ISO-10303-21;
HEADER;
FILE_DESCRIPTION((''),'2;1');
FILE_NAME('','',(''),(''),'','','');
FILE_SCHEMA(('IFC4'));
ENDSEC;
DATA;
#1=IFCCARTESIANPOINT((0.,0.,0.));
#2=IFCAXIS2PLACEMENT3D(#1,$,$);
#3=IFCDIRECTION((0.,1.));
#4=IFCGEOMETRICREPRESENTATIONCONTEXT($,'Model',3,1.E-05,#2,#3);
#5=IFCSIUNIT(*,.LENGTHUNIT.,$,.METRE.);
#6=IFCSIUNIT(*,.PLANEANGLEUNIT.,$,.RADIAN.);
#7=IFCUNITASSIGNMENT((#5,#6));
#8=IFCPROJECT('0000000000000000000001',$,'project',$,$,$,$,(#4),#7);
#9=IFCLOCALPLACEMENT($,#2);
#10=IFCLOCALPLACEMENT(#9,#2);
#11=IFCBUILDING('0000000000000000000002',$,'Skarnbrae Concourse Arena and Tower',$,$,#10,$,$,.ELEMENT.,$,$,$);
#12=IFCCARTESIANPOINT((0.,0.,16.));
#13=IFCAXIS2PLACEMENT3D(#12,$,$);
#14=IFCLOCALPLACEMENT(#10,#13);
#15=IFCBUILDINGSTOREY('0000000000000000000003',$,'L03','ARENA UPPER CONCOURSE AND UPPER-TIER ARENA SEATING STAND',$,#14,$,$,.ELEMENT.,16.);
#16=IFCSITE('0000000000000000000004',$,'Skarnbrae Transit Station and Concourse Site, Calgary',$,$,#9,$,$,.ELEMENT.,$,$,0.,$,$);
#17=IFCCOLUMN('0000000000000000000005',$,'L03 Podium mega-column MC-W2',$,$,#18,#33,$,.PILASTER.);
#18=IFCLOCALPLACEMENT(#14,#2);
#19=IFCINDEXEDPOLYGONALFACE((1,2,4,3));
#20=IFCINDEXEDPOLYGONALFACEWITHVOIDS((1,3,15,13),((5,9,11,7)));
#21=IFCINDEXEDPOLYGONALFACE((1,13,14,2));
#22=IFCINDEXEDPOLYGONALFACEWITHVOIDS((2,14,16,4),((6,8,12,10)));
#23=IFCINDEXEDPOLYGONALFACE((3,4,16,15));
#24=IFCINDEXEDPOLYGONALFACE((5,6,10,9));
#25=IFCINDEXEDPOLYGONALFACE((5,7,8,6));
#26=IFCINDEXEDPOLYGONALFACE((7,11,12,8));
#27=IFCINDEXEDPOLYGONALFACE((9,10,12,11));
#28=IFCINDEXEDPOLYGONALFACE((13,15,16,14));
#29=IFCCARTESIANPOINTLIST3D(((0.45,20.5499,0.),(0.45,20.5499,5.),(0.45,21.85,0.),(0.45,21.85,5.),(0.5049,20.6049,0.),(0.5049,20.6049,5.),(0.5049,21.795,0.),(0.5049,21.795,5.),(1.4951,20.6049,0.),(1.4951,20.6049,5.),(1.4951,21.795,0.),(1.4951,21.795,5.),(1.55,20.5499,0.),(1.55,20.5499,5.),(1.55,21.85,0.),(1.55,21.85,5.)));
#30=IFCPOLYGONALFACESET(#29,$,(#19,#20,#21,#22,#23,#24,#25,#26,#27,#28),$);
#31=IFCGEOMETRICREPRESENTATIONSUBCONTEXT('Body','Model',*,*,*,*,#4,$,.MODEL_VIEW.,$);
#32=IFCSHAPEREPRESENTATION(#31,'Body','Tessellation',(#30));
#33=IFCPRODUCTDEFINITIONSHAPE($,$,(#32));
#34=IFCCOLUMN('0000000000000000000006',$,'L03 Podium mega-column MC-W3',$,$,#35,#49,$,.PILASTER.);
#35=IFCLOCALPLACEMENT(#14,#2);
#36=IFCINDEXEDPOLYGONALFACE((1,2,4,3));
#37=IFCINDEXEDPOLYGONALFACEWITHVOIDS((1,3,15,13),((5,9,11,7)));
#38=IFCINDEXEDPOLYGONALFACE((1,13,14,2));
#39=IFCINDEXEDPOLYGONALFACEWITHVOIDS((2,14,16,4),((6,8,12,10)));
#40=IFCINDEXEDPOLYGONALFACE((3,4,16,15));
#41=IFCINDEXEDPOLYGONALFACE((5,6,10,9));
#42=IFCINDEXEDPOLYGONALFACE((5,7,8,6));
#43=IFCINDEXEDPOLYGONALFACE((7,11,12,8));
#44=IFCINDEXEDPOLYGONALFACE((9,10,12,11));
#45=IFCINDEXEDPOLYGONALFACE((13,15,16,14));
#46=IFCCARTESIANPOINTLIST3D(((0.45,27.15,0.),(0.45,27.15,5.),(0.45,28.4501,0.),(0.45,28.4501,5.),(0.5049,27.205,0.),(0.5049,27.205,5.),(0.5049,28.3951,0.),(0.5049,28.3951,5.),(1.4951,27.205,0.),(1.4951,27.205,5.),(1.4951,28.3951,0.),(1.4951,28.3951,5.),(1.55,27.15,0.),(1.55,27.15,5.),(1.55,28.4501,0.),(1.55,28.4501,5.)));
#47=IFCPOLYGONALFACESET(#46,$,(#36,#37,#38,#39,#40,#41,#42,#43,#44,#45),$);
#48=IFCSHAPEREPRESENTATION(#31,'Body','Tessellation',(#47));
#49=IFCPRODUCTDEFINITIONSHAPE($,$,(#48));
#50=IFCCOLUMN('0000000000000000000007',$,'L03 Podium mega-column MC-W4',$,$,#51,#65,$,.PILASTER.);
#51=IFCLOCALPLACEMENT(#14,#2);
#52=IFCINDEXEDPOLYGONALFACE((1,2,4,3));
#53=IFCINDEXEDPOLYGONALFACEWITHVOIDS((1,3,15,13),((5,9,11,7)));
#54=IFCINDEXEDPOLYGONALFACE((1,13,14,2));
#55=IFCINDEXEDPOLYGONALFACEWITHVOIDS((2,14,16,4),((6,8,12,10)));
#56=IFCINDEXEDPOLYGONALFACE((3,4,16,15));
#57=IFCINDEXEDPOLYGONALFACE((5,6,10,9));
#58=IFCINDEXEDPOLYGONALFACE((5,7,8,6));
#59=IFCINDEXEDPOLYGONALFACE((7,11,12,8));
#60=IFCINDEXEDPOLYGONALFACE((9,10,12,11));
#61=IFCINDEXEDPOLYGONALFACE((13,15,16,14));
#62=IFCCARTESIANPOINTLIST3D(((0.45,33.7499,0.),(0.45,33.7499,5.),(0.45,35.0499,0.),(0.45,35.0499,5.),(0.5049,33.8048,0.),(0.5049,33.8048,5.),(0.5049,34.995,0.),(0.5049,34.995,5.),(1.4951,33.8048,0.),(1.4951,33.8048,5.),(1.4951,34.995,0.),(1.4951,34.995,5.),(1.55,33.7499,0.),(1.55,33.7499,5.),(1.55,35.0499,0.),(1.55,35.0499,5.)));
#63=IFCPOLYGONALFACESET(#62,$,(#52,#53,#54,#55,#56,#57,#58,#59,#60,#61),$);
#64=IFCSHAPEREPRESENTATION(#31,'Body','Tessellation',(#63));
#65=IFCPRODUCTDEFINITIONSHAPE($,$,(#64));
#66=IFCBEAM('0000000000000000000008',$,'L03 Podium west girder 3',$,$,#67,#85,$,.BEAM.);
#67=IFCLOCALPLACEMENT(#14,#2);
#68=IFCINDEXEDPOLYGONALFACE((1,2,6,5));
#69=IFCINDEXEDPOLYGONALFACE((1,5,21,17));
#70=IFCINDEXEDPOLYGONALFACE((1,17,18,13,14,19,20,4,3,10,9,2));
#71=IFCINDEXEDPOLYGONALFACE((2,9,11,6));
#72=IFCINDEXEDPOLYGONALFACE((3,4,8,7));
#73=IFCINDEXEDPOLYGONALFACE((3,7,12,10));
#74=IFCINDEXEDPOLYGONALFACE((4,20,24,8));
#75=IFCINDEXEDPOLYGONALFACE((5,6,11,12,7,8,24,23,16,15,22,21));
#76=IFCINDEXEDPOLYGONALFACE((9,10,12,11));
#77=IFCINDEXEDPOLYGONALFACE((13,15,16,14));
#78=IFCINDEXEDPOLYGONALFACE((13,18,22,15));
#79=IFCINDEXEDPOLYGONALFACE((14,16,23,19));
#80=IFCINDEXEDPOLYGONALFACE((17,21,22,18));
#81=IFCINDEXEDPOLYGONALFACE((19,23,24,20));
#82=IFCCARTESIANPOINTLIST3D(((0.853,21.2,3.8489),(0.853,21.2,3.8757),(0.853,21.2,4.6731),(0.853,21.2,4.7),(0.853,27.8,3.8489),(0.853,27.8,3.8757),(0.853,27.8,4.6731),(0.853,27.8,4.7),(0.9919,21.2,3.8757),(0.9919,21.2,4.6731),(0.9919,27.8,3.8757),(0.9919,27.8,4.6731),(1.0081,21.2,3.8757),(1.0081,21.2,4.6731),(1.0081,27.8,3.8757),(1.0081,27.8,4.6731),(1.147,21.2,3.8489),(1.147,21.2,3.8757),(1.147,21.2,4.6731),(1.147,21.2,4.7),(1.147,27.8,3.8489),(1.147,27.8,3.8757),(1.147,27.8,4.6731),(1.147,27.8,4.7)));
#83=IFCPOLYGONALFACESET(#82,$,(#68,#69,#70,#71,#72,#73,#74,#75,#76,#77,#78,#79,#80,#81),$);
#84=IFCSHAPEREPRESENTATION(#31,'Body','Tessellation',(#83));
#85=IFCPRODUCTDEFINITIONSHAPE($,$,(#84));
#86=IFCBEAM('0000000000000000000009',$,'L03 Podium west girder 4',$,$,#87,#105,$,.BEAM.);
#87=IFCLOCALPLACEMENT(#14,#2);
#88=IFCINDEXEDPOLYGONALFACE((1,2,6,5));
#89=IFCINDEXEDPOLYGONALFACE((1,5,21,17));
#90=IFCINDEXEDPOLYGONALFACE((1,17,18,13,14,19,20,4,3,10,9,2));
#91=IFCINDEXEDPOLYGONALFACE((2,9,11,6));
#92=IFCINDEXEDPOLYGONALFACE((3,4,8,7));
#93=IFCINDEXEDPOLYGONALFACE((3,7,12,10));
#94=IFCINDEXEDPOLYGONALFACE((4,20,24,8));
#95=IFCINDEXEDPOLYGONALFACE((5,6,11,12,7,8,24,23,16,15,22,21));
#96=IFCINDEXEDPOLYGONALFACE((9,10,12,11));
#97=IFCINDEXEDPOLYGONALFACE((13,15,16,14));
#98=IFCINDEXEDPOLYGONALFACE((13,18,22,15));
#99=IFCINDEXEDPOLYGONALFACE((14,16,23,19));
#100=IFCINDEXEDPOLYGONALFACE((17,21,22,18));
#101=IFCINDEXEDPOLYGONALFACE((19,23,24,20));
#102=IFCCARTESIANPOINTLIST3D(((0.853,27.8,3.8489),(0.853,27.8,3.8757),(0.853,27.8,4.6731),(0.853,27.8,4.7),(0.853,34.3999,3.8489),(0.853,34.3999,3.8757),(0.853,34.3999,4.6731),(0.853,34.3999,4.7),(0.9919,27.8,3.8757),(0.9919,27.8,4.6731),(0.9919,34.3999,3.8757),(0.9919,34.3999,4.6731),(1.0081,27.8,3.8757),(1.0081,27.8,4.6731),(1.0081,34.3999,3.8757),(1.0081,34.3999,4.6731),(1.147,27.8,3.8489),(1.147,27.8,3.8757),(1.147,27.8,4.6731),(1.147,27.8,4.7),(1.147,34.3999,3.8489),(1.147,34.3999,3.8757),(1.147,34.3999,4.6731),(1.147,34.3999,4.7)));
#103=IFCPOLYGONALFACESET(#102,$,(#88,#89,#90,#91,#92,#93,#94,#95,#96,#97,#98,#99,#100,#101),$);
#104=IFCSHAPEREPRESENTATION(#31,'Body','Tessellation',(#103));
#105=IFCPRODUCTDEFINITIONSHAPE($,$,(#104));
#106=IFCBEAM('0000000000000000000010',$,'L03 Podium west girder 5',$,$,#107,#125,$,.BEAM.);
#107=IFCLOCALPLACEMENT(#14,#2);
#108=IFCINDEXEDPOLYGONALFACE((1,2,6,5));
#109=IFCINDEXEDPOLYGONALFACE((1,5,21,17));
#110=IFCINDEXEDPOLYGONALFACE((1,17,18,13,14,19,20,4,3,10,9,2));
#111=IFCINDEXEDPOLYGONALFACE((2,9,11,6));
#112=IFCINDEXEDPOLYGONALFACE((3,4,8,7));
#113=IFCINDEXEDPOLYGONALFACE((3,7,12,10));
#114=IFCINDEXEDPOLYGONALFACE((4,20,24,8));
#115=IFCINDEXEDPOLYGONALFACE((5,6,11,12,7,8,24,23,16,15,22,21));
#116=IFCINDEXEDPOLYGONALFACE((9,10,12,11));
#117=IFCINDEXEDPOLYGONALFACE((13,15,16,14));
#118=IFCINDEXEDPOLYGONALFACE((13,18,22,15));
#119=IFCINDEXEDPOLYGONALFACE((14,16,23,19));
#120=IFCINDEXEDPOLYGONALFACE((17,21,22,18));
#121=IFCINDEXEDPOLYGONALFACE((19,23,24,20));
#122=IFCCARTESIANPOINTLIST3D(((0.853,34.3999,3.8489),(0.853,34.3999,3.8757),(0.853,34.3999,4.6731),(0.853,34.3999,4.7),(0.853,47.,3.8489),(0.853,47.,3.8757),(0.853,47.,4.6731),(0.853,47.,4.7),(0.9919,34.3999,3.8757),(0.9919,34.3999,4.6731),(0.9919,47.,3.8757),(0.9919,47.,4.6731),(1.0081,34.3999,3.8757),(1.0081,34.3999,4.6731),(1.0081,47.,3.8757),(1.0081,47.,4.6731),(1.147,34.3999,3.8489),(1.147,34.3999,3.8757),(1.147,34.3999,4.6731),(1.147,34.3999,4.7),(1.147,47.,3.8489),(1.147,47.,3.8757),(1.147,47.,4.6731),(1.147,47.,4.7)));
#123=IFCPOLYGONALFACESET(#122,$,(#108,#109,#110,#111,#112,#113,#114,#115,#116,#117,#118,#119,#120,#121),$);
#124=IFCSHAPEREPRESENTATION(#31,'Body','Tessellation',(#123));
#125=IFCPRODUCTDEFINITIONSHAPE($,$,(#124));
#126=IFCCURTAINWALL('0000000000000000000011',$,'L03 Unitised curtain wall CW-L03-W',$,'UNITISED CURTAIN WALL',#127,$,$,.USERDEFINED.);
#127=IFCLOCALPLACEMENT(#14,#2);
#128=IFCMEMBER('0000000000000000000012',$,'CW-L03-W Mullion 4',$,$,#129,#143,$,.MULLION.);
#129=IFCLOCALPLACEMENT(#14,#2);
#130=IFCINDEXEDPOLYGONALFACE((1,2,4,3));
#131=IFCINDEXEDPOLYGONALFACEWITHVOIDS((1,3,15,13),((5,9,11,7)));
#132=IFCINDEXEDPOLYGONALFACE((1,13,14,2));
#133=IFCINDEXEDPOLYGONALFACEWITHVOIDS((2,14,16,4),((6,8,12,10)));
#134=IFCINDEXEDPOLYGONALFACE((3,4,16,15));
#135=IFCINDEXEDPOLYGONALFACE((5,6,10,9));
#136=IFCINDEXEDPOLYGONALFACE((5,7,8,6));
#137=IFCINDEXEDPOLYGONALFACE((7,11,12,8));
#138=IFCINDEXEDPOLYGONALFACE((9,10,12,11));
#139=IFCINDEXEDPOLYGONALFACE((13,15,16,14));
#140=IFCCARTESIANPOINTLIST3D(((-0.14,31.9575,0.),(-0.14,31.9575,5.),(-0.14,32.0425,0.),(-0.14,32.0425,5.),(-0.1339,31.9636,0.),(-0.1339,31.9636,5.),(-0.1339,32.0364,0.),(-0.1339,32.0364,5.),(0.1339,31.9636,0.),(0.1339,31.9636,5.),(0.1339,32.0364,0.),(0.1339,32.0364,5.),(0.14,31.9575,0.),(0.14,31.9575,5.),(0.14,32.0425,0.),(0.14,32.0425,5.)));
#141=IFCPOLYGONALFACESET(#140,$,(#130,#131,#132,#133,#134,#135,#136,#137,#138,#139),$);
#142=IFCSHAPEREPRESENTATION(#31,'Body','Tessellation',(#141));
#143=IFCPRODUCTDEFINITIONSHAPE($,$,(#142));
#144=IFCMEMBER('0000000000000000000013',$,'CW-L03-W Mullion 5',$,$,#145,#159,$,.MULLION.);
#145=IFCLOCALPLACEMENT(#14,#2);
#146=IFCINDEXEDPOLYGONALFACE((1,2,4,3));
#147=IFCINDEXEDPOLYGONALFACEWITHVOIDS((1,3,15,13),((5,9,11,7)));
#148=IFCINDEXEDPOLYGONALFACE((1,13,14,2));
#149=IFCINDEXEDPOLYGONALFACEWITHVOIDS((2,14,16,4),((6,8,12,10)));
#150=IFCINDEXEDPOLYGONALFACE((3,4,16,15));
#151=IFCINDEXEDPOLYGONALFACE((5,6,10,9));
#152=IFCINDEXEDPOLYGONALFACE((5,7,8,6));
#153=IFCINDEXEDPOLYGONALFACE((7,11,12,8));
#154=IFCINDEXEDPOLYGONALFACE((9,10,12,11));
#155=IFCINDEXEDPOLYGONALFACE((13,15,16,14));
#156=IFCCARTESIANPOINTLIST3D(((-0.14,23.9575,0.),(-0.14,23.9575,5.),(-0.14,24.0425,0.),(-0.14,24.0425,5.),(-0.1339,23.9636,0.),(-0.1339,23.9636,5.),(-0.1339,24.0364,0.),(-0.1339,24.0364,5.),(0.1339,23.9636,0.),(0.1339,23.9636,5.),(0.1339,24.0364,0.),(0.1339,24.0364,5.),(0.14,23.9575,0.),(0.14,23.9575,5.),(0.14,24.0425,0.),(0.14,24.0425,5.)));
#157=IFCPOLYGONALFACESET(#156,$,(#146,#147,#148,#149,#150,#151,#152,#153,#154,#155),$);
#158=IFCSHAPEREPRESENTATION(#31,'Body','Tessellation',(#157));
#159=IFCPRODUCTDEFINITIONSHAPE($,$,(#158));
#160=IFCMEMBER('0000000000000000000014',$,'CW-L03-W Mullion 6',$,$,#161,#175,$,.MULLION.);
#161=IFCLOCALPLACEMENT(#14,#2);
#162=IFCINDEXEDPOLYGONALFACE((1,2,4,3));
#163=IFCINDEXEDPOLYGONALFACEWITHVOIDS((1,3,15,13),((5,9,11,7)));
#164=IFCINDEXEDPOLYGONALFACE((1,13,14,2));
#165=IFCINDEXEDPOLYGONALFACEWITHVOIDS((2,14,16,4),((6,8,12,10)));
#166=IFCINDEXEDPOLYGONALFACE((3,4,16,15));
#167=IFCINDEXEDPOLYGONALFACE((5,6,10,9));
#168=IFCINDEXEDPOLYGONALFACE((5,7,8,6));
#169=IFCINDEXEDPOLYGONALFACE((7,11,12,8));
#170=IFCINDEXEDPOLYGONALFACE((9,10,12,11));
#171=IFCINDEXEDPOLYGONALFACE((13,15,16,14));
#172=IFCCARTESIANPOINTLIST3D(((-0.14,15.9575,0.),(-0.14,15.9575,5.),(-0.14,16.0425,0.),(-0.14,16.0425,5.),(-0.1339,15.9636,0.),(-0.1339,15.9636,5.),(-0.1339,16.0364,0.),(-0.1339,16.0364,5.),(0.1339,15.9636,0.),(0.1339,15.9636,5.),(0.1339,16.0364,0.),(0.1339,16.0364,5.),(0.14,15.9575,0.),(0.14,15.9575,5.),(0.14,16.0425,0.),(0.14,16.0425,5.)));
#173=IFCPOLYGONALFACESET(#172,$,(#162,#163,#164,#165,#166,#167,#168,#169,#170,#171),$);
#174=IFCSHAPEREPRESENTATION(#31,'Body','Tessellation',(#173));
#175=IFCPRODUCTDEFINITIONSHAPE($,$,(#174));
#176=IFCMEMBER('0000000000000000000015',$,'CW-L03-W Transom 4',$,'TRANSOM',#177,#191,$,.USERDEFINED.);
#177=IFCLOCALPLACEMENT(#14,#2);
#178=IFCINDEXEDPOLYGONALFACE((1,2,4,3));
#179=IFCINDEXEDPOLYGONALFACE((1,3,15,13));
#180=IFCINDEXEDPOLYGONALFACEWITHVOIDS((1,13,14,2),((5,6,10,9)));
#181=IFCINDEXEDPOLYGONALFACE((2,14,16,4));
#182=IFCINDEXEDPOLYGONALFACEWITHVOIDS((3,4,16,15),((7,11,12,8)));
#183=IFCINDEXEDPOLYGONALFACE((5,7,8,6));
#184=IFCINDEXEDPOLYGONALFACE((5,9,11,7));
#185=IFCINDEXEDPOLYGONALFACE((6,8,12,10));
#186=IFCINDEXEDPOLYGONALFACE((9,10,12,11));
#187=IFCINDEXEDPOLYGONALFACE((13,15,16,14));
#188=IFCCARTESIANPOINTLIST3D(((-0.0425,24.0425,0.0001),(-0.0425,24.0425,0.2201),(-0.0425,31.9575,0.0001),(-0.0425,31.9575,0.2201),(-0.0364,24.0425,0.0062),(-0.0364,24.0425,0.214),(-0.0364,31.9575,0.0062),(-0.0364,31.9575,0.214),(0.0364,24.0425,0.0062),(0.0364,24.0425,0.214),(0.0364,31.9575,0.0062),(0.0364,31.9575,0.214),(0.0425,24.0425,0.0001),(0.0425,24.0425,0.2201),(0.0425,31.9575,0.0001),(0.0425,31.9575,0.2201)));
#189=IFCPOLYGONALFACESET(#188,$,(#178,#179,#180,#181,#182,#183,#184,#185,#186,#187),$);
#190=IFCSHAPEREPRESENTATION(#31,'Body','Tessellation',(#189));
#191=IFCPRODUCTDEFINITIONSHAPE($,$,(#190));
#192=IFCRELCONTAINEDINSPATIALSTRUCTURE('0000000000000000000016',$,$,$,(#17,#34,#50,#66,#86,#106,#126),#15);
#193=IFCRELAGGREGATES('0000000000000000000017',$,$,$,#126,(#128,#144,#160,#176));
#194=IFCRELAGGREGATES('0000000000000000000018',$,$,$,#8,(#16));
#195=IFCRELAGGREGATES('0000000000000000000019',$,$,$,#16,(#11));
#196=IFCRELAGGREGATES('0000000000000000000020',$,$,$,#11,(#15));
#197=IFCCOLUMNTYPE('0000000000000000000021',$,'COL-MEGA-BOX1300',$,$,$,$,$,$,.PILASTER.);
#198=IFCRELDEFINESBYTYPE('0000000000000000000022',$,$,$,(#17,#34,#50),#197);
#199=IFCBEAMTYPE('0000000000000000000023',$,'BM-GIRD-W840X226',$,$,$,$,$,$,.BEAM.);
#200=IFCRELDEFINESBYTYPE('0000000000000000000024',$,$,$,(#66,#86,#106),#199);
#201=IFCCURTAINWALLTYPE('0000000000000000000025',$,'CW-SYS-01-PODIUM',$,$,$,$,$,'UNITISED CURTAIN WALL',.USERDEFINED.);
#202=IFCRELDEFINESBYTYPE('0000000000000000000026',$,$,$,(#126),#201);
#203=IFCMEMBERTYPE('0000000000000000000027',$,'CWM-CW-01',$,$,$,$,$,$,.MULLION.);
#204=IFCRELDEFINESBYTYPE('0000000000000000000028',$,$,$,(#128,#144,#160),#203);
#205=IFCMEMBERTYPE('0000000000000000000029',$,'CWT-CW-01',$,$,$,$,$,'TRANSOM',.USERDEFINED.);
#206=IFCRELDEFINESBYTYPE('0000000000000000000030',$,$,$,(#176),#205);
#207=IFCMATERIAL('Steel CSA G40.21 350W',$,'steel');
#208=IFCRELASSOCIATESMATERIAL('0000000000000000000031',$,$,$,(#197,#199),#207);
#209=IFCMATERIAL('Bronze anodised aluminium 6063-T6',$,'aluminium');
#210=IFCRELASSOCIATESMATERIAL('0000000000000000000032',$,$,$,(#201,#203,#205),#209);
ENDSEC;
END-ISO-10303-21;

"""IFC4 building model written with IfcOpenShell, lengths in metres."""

from ifc_helpers import new_model, si_unit, direction, frame, origin, origin_2d, place, context, subcontext, project, spatial, hollow_rectangle, i_section, extrude, source, transform, mapped, material, material_profile, profile_set, type_object, element, aggregate, save


model = new_model("IFC4")

# Units and contexts
model_context = context("Model", 3, precision=1e-05, world=origin(), true_north=direction((0.0, 1.0)))
body_context = subcontext(model_context, "Body", "Model", "MODEL_VIEW")
ifc_project = project(units=[si_unit("LENGTHUNIT", "METRE"), si_unit("PLANEANGLEUNIT", "RADIAN")], contexts=[model_context])

# Site, building, storey
site_placement = place(None, origin())
site = spatial("IfcSite", under=ifc_project, at=site_placement, Name="Skarnbrae Transit Station and Concourse Site, Calgary", CompositionType="ELEMENT", RefElevation=0.0)
building_placement = place(site_placement, origin())
building = spatial("IfcBuilding", under=site, at=building_placement, Name="Skarnbrae Concourse Arena and Tower", CompositionType="ELEMENT")
storey_placement = place(building_placement, frame((0.0, 0.0, 16.0)))
storey = spatial("IfcBuildingStorey", under=building, at=storey_placement, Name="L03", Description="ARENA UPPER CONCOURSE AND UPPER-TIER ARENA SEATING STAND", CompositionType="ELEMENT", Elevation=16.0)

# Columns
ifc_material_1 = material(Name="Steel CSA G40.21 350W", Category="steel")
ifc_material_profile_1 = material_profile(ifc_material_1, hollow_rectangle(XDim=1.1001, YDim=1.3, WallThickness=0.0549, at=origin_2d()), Name="BOX1300X1100X55")
ifc_profile_set_1 = profile_set([ifc_material_profile_1], Name="Steel CSA G40.21 350W")
column_type = type_object("IfcColumnType", Name="COL-MEGA-BOX1300", PredefinedType="PILASTER", material=ifc_profile_set_1)
shared_shape_1 = source(origin(), body_context, "Body", "SweptSolid", [
    extrude(hollow_rectangle(XDim=1.1001, YDim=1.3, WallThickness=0.0549, at=origin_2d()), origin(), (0.0, 0.0, 1.0), 5.0),
])
for number, where, z_axis, x_axis, name in (
    (1, (1.0, 21.2, 0.0), (0.0, 0.0, 1.0), (1.0, 0.0, 0.0), "L03 Podium mega-column MC-W2"),
    (2, (1.0, 27.8, 0.0), (0.0, 0.0, 1.0), (1.0, 0.0, 0.0), "L03 Podium mega-column MC-W3"),
    (3, (1.0, 34.3999, 0.0), (0.0, 0.0, 1.0), (1.0, 0.0, 0.0), "L03 Podium mega-column MC-W4"),
):
    element("IfcColumn", number, at=place(storey_placement, frame(where, z_axis=z_axis, x_axis=x_axis)), inside=storey, type_object=column_type, Name=name, PredefinedType="PILASTER", context=body_context, shape_type="MappedRepresentation", body=[
        mapped(shared_shape_1, transform((0.0, 0.0, 0.0))),
    ])

# Beams
ifc_material_profile_2 = material_profile(ifc_material_1, i_section(OverallWidth=0.2939, OverallDepth=0.8511, WebThickness=0.0161, FlangeThickness=0.0269, at=origin_2d()), Name="W840X226")
ifc_profile_set_2 = profile_set([ifc_material_profile_2], Name="Steel CSA G40.21 350W")
beam_type_1 = type_object("IfcBeamType", Name="BM-GIRD-W840X226", PredefinedType="BEAM", material=ifc_profile_set_2)
shared_shape_2 = source(origin(), body_context, "Body", "SweptSolid", [
    extrude(i_section(OverallWidth=0.2939, OverallDepth=0.8511, WebThickness=0.0161, FlangeThickness=0.0269, at=origin_2d()), origin(), (0.0, 0.0, 1.0), 6.6001),
])
beam_1_placement = place(storey_placement, frame((1.0, 21.2, 4.2744), z_axis=(0.0, 1.0, 0.0), x_axis=(-1.0, 0.0, 0.0)))
element("IfcBeam", 4, at=beam_1_placement, inside=storey, type_object=beam_type_1, Name="L03 Podium west girder 3", PredefinedType="BEAM", context=body_context, shape_type="MappedRepresentation", body=[
    mapped(shared_shape_2, transform((0.0, 0.0, 0.0))),
])
shared_shape_3 = source(origin(), body_context, "Body", "SweptSolid", [
    extrude(i_section(OverallWidth=0.2939, OverallDepth=0.8511, WebThickness=0.0161, FlangeThickness=0.0269, at=origin_2d()), origin(), (0.0, 0.0, 1.0), 6.5999),
])
beam_2_placement = place(storey_placement, frame((1.0, 27.8, 4.2744), z_axis=(0.0, 1.0, 0.0), x_axis=(-1.0, 0.0, 0.0)))
element("IfcBeam", 5, at=beam_2_placement, inside=storey, type_object=beam_type_1, Name="L03 Podium west girder 4", PredefinedType="BEAM", context=body_context, shape_type="MappedRepresentation", body=[
    mapped(shared_shape_3, transform((0.0, 0.0, 0.0))),
])
shared_shape_4 = source(origin(), body_context, "Body", "SweptSolid", [
    extrude(i_section(OverallWidth=0.2939, OverallDepth=0.8511, WebThickness=0.0161, FlangeThickness=0.0269, at=origin_2d()), origin(), (0.0, 0.0, 1.0), 12.6001),
])
beam_3_placement = place(storey_placement, frame((1.0, 34.3999, 4.2744), z_axis=(0.0, 1.0, 0.0), x_axis=(-1.0, 0.0, 0.0)))
element("IfcBeam", 6, at=beam_3_placement, inside=storey, type_object=beam_type_1, Name="L03 Podium west girder 5", PredefinedType="BEAM", context=body_context, shape_type="MappedRepresentation", body=[
    mapped(shared_shape_4, transform((0.0, 0.0, 0.0))),
])

# Curtain wall, members
ifc_material_2 = material(Name="Bronze anodised aluminium 6063-T6", Category="aluminium")
curtain_wall_type = type_object("IfcCurtainWallType", Name="CW-SYS-01-PODIUM", ElementType="UNITISED CURTAIN WALL", PredefinedType="USERDEFINED", material=ifc_material_2)
curtain_wall_placement = place(storey_placement, origin())
curtain_wall = element("IfcCurtainWall", 7, at=curtain_wall_placement, inside=storey, type_object=curtain_wall_type, Name="L03 Unitised curtain wall CW-L03-W", ObjectType="UNITISED CURTAIN WALL", PredefinedType="USERDEFINED")
ifc_material_profile_3 = material_profile(ifc_material_2, hollow_rectangle(XDim=0.085, YDim=0.28, WallThickness=0.0061, at=origin_2d()), Name="ALU-MULL-85X280")
ifc_profile_set_3 = profile_set([ifc_material_profile_3], Name="Bronze anodised aluminium 6063-T6")
member_type_1 = type_object("IfcMemberType", Name="CWM-CW-01", PredefinedType="MULLION", material=ifc_profile_set_3)
shared_shape_5 = source(origin(), body_context, "Body", "SweptSolid", [
    extrude(hollow_rectangle(XDim=0.085, YDim=0.28, WallThickness=0.0061, at=origin_2d()), origin(), (0.0, 0.0, 1.0), 5.0),
])
member_1_placement = place(storey_placement, frame((0.0, 32.0, 0.0), z_axis=(0.0, 0.0, 1.0), x_axis=(0.0, -1.0, 0.0)))
member_1 = element("IfcMember", 8, at=member_1_placement, type_object=member_type_1, Name="CW-L03-W Mullion 4", PredefinedType="MULLION", context=body_context, shape_type="MappedRepresentation", body=[
    mapped(shared_shape_5, transform((0.0, 0.0, 0.0))),
])
member_2_placement = place(storey_placement, frame((0.0, 24.0, 0.0), z_axis=(0.0, 0.0, 1.0), x_axis=(0.0, -1.0, 0.0)))
member_2 = element("IfcMember", 9, at=member_2_placement, type_object=member_type_1, Name="CW-L03-W Mullion 5", PredefinedType="MULLION", context=body_context, shape_type="MappedRepresentation", body=[
    mapped(shared_shape_5, transform((0.0, 0.0, 0.0))),
])
member_3_placement = place(storey_placement, frame((0.0, 16.0, 0.0), z_axis=(0.0, 0.0, 1.0), x_axis=(0.0, -1.0, 0.0)))
member_3 = element("IfcMember", 10, at=member_3_placement, type_object=member_type_1, Name="CW-L03-W Mullion 6", PredefinedType="MULLION", context=body_context, shape_type="MappedRepresentation", body=[
    mapped(shared_shape_5, transform((0.0, 0.0, 0.0))),
])
ifc_material_profile_4 = material_profile(ifc_material_2, hollow_rectangle(XDim=0.085, YDim=0.22, WallThickness=0.0061, at=origin_2d()), Name="ALU-TRAN-85X220")
ifc_profile_set_4 = profile_set([ifc_material_profile_4], Name="Bronze anodised aluminium 6063-T6")
member_type_2 = type_object("IfcMemberType", Name="CWT-CW-01", ElementType="TRANSOM", PredefinedType="USERDEFINED", material=ifc_profile_set_4)
shared_shape_6 = source(origin(), body_context, "Body", "SweptSolid", [
    extrude(hollow_rectangle(XDim=0.085, YDim=0.22, WallThickness=0.0061, at=origin_2d()), origin(), (0.0, 0.0, 1.0), 7.915),
])
member_4_placement = place(storey_placement, frame((0.0, 31.9575, 0.1101), z_axis=(0.0, -1.0, 0.0), x_axis=(1.0, 0.0, 0.0)))
member_4 = element("IfcMember", 11, at=member_4_placement, type_object=member_type_2, Name="CW-L03-W Transom 4", ObjectType="TRANSOM", PredefinedType="USERDEFINED", context=body_context, shape_type="MappedRepresentation", body=[
    mapped(shared_shape_6, transform((0.0, 0.0, 0.0))),
])

aggregate(curtain_wall, [member_1, member_2, member_3, member_4])

save(model, "model.ifc")
